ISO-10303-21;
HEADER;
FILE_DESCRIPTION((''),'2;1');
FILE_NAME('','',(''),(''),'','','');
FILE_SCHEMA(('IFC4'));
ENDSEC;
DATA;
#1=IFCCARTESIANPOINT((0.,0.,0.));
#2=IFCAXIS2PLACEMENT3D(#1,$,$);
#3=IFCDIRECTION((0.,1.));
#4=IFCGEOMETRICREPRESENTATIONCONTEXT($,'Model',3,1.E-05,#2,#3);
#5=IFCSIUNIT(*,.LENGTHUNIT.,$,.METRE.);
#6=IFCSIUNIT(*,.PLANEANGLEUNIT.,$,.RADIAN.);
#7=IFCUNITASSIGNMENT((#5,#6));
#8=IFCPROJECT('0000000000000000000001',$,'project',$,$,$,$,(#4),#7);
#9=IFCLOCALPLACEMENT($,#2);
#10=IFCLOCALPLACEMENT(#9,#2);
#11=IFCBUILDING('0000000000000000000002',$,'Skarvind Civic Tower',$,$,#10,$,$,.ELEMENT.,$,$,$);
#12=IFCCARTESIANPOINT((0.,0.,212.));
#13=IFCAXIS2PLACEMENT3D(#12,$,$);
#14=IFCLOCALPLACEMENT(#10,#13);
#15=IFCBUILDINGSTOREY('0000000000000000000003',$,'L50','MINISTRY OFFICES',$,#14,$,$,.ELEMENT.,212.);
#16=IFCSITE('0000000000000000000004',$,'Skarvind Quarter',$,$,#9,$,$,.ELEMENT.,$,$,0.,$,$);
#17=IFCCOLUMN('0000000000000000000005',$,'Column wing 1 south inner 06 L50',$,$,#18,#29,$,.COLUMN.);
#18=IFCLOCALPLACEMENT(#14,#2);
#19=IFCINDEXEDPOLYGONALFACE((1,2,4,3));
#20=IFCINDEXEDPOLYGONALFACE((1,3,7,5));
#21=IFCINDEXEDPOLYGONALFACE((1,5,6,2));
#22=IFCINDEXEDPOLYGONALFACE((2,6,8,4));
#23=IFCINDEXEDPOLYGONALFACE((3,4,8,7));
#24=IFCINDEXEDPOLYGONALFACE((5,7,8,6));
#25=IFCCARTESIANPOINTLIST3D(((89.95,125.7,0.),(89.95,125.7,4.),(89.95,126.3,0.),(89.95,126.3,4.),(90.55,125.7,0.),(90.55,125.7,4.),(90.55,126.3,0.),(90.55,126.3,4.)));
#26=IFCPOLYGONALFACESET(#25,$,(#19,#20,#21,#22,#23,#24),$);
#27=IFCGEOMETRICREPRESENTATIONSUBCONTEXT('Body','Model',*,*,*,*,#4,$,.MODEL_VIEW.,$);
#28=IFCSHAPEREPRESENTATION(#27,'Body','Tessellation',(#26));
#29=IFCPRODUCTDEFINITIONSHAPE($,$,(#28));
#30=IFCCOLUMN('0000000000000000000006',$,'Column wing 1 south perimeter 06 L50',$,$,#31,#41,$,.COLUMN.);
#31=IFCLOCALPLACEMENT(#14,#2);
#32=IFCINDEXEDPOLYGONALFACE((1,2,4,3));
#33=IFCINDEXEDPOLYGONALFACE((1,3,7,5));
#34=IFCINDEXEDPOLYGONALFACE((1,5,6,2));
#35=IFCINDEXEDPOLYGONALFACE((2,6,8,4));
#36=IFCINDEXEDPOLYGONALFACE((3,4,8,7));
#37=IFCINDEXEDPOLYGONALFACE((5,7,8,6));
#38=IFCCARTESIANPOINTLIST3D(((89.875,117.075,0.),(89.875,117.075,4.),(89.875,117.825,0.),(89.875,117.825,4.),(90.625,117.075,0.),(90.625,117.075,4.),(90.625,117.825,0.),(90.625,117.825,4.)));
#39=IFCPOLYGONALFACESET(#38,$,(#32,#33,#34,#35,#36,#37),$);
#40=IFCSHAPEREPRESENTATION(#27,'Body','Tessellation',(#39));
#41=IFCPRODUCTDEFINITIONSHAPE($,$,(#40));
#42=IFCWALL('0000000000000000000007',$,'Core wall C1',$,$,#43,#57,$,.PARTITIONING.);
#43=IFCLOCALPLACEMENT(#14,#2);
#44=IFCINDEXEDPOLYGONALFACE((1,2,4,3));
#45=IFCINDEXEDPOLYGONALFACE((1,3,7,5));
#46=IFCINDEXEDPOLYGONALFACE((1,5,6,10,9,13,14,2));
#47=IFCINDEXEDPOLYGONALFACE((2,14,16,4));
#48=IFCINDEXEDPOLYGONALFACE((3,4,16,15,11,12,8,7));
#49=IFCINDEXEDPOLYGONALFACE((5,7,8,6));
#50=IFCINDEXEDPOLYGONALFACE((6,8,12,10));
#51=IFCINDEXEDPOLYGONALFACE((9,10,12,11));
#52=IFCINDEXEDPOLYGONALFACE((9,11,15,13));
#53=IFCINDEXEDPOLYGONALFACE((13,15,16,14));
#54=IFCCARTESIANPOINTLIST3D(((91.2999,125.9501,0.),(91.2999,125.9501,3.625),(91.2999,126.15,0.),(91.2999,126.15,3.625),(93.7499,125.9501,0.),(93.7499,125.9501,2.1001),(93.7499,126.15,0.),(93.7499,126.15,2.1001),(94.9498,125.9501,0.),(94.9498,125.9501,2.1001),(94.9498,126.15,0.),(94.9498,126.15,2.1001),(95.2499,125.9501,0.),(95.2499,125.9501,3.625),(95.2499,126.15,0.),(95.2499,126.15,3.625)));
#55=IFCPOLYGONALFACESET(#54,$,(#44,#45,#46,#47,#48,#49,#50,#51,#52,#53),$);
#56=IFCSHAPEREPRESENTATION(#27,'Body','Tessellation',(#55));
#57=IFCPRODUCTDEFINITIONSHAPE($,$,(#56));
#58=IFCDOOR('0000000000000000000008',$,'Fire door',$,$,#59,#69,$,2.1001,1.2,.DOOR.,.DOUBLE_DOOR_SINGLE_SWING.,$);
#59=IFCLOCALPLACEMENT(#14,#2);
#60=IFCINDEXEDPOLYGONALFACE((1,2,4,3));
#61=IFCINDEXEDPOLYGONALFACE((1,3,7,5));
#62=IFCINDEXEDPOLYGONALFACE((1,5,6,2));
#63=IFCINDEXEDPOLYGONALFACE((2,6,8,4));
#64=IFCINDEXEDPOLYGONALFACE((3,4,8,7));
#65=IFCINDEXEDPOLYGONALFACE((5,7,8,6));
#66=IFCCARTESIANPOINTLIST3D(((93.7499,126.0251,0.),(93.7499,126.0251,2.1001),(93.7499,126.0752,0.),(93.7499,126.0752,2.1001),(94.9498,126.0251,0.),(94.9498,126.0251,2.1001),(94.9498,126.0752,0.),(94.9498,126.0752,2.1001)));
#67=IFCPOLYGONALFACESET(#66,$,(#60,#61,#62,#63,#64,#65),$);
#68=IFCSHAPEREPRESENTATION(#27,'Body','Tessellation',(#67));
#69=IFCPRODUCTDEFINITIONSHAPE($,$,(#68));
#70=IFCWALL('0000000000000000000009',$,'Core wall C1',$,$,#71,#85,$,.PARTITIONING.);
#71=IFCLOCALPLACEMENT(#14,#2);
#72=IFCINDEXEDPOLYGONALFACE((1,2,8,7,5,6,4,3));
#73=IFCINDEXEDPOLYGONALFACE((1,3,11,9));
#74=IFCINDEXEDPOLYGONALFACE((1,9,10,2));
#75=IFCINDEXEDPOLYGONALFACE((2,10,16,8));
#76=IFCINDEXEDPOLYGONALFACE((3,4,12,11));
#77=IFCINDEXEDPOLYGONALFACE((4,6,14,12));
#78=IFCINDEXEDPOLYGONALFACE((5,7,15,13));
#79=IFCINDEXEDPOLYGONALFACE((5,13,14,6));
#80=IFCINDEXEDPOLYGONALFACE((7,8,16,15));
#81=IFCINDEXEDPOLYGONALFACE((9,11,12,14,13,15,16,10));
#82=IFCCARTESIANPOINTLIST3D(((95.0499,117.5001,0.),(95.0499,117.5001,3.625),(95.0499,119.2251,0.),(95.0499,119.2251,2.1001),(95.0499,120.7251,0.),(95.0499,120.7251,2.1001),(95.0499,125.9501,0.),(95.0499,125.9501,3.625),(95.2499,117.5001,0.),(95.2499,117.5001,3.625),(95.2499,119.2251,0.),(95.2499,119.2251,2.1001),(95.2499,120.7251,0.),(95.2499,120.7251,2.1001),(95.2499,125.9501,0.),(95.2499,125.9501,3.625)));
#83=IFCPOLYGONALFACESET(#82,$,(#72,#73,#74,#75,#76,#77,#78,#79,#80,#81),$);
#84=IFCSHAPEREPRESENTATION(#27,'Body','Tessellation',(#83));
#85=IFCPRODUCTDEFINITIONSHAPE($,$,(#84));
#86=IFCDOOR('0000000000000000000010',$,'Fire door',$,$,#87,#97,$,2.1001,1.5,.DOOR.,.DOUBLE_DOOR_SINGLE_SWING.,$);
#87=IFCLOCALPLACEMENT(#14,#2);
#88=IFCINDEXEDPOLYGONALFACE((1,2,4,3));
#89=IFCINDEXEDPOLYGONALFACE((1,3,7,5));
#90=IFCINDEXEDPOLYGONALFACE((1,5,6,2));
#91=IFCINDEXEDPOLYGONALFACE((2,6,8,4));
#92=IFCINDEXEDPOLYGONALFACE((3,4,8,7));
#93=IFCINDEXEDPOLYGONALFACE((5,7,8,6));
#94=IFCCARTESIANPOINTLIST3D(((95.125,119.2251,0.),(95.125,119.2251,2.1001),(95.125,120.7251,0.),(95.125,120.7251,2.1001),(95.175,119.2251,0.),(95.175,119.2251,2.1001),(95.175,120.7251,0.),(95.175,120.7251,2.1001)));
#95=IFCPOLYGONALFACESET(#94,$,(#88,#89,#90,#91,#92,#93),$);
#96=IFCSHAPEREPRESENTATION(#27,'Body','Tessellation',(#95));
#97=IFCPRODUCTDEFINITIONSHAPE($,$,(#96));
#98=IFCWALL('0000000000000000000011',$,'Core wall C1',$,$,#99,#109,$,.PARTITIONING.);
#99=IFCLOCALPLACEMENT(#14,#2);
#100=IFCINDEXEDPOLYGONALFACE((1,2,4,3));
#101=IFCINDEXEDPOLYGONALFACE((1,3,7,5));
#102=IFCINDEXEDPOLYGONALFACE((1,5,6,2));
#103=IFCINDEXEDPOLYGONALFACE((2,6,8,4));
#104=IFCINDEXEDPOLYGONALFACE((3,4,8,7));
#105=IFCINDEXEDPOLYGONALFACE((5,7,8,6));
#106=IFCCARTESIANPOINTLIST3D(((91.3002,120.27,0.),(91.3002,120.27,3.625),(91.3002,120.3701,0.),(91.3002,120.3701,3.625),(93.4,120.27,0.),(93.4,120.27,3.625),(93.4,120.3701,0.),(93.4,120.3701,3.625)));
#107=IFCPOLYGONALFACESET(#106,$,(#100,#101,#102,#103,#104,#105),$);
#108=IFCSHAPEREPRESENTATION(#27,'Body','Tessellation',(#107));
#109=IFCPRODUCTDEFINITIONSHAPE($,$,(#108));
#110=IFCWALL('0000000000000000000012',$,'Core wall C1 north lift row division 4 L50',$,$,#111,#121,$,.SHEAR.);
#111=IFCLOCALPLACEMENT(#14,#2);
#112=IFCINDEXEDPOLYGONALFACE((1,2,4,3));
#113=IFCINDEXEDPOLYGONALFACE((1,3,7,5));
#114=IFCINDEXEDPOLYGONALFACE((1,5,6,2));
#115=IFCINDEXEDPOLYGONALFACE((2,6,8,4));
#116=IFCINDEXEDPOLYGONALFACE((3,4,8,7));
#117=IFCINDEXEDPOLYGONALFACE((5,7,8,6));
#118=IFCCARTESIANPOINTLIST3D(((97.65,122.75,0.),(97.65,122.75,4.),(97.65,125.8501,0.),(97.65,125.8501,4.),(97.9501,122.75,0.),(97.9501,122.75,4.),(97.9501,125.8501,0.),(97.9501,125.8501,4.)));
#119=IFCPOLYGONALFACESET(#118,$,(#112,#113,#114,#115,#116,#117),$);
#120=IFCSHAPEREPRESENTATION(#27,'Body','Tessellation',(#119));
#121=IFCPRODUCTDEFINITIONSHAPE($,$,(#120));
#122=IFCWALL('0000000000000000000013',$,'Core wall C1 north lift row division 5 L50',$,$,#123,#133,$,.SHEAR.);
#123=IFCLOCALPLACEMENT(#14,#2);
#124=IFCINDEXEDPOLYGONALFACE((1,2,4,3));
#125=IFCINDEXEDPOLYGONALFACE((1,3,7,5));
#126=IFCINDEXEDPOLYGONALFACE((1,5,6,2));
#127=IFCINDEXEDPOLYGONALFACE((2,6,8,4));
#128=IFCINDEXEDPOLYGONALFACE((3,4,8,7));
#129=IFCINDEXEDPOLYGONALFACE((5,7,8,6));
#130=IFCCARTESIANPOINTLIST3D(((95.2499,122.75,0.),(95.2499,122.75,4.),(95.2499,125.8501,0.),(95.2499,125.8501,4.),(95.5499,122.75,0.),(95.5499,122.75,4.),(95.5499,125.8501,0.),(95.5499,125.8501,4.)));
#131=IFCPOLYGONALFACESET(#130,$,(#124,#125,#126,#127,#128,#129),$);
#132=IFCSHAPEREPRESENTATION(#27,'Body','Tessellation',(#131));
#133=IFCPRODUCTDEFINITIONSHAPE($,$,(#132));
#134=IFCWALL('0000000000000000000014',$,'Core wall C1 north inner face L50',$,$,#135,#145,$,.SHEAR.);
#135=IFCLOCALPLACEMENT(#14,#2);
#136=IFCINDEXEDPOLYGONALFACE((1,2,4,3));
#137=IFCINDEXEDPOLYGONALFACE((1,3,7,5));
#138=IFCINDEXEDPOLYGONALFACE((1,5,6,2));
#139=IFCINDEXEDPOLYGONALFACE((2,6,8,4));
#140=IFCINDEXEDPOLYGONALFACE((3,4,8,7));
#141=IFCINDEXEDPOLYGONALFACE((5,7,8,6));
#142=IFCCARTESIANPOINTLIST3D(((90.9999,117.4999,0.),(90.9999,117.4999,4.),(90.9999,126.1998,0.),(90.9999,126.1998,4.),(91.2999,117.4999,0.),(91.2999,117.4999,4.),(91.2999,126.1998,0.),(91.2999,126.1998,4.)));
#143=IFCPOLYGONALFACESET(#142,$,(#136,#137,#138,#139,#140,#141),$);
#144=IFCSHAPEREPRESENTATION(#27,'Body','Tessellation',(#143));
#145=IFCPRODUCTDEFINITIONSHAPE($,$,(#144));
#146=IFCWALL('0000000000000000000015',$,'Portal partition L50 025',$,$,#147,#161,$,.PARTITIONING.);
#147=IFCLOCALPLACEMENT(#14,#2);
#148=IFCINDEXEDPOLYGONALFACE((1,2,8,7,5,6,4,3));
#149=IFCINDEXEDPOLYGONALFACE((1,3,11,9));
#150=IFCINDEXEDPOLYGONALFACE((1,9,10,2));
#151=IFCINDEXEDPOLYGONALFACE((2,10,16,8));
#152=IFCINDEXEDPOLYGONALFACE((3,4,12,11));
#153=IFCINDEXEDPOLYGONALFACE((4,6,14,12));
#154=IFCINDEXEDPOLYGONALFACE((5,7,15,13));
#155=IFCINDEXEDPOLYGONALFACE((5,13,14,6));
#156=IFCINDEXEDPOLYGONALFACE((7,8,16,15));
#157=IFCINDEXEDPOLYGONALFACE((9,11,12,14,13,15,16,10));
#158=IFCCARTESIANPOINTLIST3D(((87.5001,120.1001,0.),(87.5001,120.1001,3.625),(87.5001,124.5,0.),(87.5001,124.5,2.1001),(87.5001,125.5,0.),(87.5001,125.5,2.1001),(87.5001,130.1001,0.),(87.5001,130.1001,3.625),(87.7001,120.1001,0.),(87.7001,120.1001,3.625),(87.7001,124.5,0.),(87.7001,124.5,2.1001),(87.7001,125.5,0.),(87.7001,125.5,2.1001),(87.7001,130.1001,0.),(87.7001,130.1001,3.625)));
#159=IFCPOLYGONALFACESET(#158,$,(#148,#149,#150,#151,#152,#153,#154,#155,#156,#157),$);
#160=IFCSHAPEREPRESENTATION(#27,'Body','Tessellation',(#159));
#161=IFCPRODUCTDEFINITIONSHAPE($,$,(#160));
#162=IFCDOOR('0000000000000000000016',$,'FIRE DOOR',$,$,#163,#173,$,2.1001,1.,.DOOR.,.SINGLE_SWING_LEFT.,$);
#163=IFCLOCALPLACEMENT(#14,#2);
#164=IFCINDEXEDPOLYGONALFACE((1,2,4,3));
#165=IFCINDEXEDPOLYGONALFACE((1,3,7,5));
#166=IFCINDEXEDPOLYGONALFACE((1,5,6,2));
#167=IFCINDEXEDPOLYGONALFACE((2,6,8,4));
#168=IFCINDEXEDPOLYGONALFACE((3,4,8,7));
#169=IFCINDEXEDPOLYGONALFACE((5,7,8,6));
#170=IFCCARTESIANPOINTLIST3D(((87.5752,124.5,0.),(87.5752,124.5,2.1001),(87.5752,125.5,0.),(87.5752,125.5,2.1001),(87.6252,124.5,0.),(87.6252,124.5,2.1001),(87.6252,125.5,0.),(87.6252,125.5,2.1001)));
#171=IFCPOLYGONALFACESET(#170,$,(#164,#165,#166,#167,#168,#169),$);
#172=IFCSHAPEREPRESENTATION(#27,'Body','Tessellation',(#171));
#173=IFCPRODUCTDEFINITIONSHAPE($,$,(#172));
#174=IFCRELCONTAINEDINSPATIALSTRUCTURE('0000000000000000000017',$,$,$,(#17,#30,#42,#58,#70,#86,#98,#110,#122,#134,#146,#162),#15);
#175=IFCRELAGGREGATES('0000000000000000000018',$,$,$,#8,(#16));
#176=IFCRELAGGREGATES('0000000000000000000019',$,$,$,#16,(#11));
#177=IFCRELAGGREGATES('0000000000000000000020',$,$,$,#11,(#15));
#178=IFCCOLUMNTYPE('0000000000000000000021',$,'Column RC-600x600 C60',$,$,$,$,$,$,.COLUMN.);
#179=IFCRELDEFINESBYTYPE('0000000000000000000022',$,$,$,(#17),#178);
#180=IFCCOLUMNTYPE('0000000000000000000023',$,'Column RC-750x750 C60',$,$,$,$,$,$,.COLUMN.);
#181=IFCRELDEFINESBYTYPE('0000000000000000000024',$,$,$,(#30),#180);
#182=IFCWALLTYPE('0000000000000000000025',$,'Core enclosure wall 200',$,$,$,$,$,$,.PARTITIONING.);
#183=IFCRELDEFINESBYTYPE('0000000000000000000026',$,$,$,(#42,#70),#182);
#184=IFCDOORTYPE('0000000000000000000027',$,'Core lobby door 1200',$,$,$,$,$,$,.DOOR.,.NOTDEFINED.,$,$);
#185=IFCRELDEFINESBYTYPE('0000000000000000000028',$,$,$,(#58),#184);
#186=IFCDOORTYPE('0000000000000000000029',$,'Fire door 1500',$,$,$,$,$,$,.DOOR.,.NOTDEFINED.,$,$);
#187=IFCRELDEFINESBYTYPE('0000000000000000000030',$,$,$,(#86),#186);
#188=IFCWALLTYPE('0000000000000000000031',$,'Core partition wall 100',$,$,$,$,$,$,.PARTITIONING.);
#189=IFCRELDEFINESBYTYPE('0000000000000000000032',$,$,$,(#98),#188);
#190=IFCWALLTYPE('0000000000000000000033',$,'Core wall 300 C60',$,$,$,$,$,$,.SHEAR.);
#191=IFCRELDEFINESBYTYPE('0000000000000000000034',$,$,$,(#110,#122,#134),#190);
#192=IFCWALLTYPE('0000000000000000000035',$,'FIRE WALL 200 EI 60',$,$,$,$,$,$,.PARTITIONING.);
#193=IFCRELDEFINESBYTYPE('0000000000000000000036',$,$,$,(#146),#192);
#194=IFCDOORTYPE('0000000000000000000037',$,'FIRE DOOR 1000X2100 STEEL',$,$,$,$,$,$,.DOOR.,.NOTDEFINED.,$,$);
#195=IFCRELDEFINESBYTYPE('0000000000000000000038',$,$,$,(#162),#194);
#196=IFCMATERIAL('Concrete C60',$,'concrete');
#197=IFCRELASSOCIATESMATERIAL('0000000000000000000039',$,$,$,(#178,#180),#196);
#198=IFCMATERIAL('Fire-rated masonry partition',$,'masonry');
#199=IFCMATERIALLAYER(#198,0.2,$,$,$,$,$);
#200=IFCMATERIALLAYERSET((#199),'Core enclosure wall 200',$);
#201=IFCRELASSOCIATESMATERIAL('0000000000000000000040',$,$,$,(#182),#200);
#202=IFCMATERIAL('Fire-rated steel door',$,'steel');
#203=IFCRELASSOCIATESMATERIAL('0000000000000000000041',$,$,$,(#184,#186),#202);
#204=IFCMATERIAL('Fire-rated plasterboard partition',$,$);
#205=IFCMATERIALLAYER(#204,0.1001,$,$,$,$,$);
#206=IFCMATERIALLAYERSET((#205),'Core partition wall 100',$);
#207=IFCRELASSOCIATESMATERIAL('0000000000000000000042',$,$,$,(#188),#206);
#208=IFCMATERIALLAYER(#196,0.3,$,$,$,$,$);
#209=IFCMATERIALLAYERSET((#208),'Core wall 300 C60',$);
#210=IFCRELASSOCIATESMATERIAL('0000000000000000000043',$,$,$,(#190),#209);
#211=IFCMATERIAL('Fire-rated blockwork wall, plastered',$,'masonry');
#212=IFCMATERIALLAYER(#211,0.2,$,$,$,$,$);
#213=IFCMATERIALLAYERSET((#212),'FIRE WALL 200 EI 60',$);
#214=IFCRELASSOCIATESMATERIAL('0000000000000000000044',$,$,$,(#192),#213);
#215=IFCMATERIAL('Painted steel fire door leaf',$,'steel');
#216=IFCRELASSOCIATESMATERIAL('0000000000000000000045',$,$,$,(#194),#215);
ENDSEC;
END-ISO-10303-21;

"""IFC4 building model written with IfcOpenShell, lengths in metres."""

from ifc_helpers import new_model, si_unit, direction, frame, frame_2d, origin, origin_2d, place, context, subcontext, project, spatial, rectangle, extrude, material, layer, layer_set, material_profile, profile_set, type_object, element, fill, save


model = new_model("IFC4")

# Units and contexts
model_context = context("Model", 3, precision=1e-05, world=origin(), true_north=direction((0.0, 1.0)))
body_context = subcontext(model_context, "Body", "Model", "MODEL_VIEW")
ifc_project = project(units=[si_unit("LENGTHUNIT", "METRE"), si_unit("PLANEANGLEUNIT", "RADIAN")], contexts=[model_context])

# Site, building, storey
site_placement = place(None, origin())
site = spatial("IfcSite", under=ifc_project, at=site_placement, Name="Skarvind Quarter", CompositionType="ELEMENT", RefElevation=0.0)
building_placement = place(site_placement, origin())
building = spatial("IfcBuilding", under=site, at=building_placement, Name="Skarvind Civic Tower", CompositionType="ELEMENT")
storey_placement = place(building_placement, frame((0.0, 0.0, 212.0)))
storey = spatial("IfcBuildingStorey", under=building, at=storey_placement, Name="L50", Description="MINISTRY OFFICES", CompositionType="ELEMENT", Elevation=212.0)

# Columns
ifc_material_1 = material(Name="Concrete C60", Category="concrete")
ifc_material_profile_1 = material_profile(ifc_material_1, rectangle(XDim=0.6001, YDim=0.6001, at=origin_2d()), Name="RC-600x600")
ifc_profile_set_1 = profile_set([ifc_material_profile_1], Name="Concrete C60")
column_type_1 = type_object("IfcColumnType", Name="Column RC-600x600 C60", PredefinedType="COLUMN", material=ifc_profile_set_1)
column_1_placement = place(storey_placement, frame((90.25, 126.0, 0.0), z_axis=(0.0, 0.0, 1.0), x_axis=(1.0, 0.0, 0.0)))
element("IfcColumn", 1, at=column_1_placement, inside=storey, type_object=column_type_1, Name="Column wing 1 south inner 06 L50", PredefinedType="COLUMN", context=body_context, shape_type="SweptSolid", body=[
    extrude(rectangle(XDim=0.6001, YDim=0.6001, at=origin_2d()), origin(), (0.0, 0.0, 1.0), 4.0),
])
ifc_material_profile_2 = material_profile(ifc_material_1, rectangle(XDim=0.75, YDim=0.75, at=origin_2d()), Name="RC-750x750")
ifc_profile_set_2 = profile_set([ifc_material_profile_2], Name="Concrete C60")
column_type_2 = type_object("IfcColumnType", Name="Column RC-750x750 C60", PredefinedType="COLUMN", material=ifc_profile_set_2)
column_2_placement = place(storey_placement, frame((90.25, 117.45, 0.0), z_axis=(0.0, 0.0, 1.0), x_axis=(1.0, 0.0, 0.0)))
element("IfcColumn", 2, at=column_2_placement, inside=storey, type_object=column_type_2, Name="Column wing 1 south perimeter 06 L50", PredefinedType="COLUMN", context=body_context, shape_type="SweptSolid", body=[
    extrude(rectangle(XDim=0.75, YDim=0.75, at=origin_2d()), origin(), (0.0, 0.0, 1.0), 4.0),
])

# Walls, openings, doors
ifc_material_2 = material(Name="Fire-rated masonry partition", Category="masonry")
ifc_layer_1 = layer(ifc_material_2, 0.2)
ifc_layer_set_1 = layer_set([ifc_layer_1], Name="Core enclosure wall 200")
wall_type_1 = type_object("IfcWallType", Name="Core enclosure wall 200", PredefinedType="PARTITIONING", material=ifc_layer_set_1)
wall_1_placement = place(storey_placement, frame((95.25, 126.05, 0.0), z_axis=(0.0, 0.0, 1.0), x_axis=(-1.0, 0.0, 0.0)))
wall_1 = element("IfcWall", 3, at=wall_1_placement, inside=storey, type_object=wall_type_1, Name="Core wall C1", PredefinedType="PARTITIONING", context=body_context, shape_type="SweptSolid", body=[
    extrude(rectangle(XDim=3.95, YDim=0.2, at=frame_2d((1.9751, 0.0))), origin(), (0.0, 0.0, 1.0), 3.625),
])
opening_1_placement = place(wall_1_placement, frame((0.3, 0.0, 0.0)))
opening_1 = element("IfcOpeningElement", 4, at=opening_1_placement, cuts=wall_1, PredefinedType="OPENING", context=body_context, shape_type="SweptSolid", body=[
    extrude(rectangle(XDim=1.2, YDim=2.1001, at=frame_2d((0.6001, 1.05))), frame((0.0, 0.1099, 0.0), z_axis=(0.0, -1.0, 0.0), x_axis=(1.0, 0.0, 0.0)), (0.0, 0.0, 1.0), 0.22),
])
ifc_material_3 = material(Name="Fire-rated steel door", Category="steel")
door_type_1 = type_object("IfcDoorType", Name="Core lobby door 1200", OperationType="NOTDEFINED", PredefinedType="DOOR", material=ifc_material_3)
door_1_placement = place(opening_1_placement, origin())
door_1 = element("IfcDoor", 5, at=door_1_placement, inside=storey, type_object=door_type_1, Name="Fire door", OperationType="DOUBLE_DOOR_SINGLE_SWING", OverallHeight=2.1001, OverallWidth=1.2, PredefinedType="DOOR", context=body_context, shape_type="SweptSolid", body=[
    extrude(rectangle(XDim=1.2, YDim=2.1001, at=frame_2d((0.6001, 1.05))), frame((0.0, 0.0249, 0.0), z_axis=(0.0, -1.0, 0.0), x_axis=(1.0, 0.0, 0.0)), (0.0, 0.0, 1.0), 0.05),
])
fill(opening_1, door_1)
wall_2_placement = place(storey_placement, frame((95.1499, 117.5, 0.0), z_axis=(0.0, 0.0, 1.0), x_axis=(0.0, 1.0, 0.0)))
wall_2 = element("IfcWall", 6, at=wall_2_placement, inside=storey, type_object=wall_type_1, Name="Core wall C1", PredefinedType="PARTITIONING", context=body_context, shape_type="SweptSolid", body=[
    extrude(rectangle(XDim=8.45, YDim=0.2, at=frame_2d((4.2251, 0.0))), origin(), (0.0, 0.0, 1.0), 3.625),
])
opening_2_placement = place(wall_2_placement, frame((1.7251, 0.0, 0.0)))
opening_2 = element("IfcOpeningElement", 7, at=opening_2_placement, cuts=wall_2, PredefinedType="OPENING", context=body_context, shape_type="SweptSolid", body=[
    extrude(rectangle(XDim=1.5, YDim=2.1001, at=frame_2d((0.75, 1.05))), frame((0.0, 0.1099, 0.0), z_axis=(0.0, -1.0, 0.0), x_axis=(1.0, 0.0, 0.0)), (0.0, 0.0, 1.0), 0.22),
])
door_type_2 = type_object("IfcDoorType", Name="Fire door 1500", OperationType="NOTDEFINED", PredefinedType="DOOR", material=ifc_material_3)
door_2_placement = place(opening_2_placement, origin())
door_2 = element("IfcDoor", 8, at=door_2_placement, inside=storey, type_object=door_type_2, Name="Fire door", OperationType="DOUBLE_DOOR_SINGLE_SWING", OverallHeight=2.1001, OverallWidth=1.5, PredefinedType="DOOR", context=body_context, shape_type="SweptSolid", body=[
    extrude(rectangle(XDim=1.5, YDim=2.1001, at=frame_2d((0.75, 1.05))), frame((0.0, 0.0249, 0.0), z_axis=(0.0, -1.0, 0.0), x_axis=(1.0, 0.0, 0.0)), (0.0, 0.0, 1.0), 0.05),
])
fill(opening_2, door_2)

# Walls
ifc_material_4 = material(Name="Fire-rated plasterboard partition")
ifc_layer_2 = layer(ifc_material_4, 0.1001)
ifc_layer_set_2 = layer_set([ifc_layer_2], Name="Core partition wall 100")
wall_type_2 = type_object("IfcWallType", Name="Core partition wall 100", PredefinedType="PARTITIONING", material=ifc_layer_set_2)
wall_3_placement = place(storey_placement, frame((93.3999, 120.3201, 0.0), z_axis=(0.0, 0.0, 1.0), x_axis=(-1.0, 0.0, 0.0)))
element("IfcWall", 9, at=wall_3_placement, inside=storey, type_object=wall_type_2, Name="Core wall C1", PredefinedType="PARTITIONING", context=body_context, shape_type="SweptSolid", body=[
    extrude(rectangle(XDim=2.0999, YDim=0.1001, at=frame_2d((1.0498, 0.0))), origin(), (0.0, 0.0, 1.0), 3.625),
])
ifc_layer_3 = layer(ifc_material_1, 0.3)
ifc_layer_set_3 = layer_set([ifc_layer_3], Name="Core wall 300 C60")
wall_type_3 = type_object("IfcWallType", Name="Core wall 300 C60", PredefinedType="SHEAR", material=ifc_layer_set_3)
for number, where, z_axis, x_axis, name in (
    (10, (97.8, 125.8501, 0.0), (0.0, 0.0, 1.0), (0.0, -1.0, 0.0), "Core wall C1 north lift row division 4 L50"),
    (11, (95.3999, 125.8501, 0.0), (0.0, 0.0, 1.0), (0.0, -1.0, 0.0), "Core wall C1 north lift row division 5 L50"),
):
    element("IfcWall", number, at=place(storey_placement, frame(where, z_axis=z_axis, x_axis=x_axis)), inside=storey, type_object=wall_type_3, Name=name, PredefinedType="SHEAR", context=body_context, shape_type="SweptSolid", body=[
        extrude(rectangle(XDim=3.1001, YDim=0.3, at=frame_2d((1.55, 0.0))), origin(), (0.0, 0.0, 1.0), 4.0),
    ])
wall_4_placement = place(storey_placement, frame((91.1499, 126.2, 0.0), z_axis=(0.0, 0.0, 1.0), x_axis=(0.0, -1.0, 0.0)))
element("IfcWall", 12, at=wall_4_placement, inside=storey, type_object=wall_type_3, Name="Core wall C1 north inner face L50", PredefinedType="SHEAR", context=body_context, shape_type="SweptSolid", body=[
    extrude(rectangle(XDim=8.7, YDim=0.3, at=frame_2d((4.3501, 0.0))), origin(), (0.0, 0.0, 1.0), 4.0),
])

# Wall, opening, door
ifc_material_5 = material(Name="Fire-rated blockwork wall, plastered", Category="masonry")
ifc_layer_4 = layer(ifc_material_5, 0.2)
ifc_layer_set_4 = layer_set([ifc_layer_4], Name="FIRE WALL 200 EI 60")
wall_type_4 = type_object("IfcWallType", Name="FIRE WALL 200 EI 60", PredefinedType="PARTITIONING", material=ifc_layer_set_4)
wall_5_placement = place(storey_placement, frame((87.6001, 120.1001, 0.0), z_axis=(0.0, 0.0, 1.0), x_axis=(0.0, 1.0, 0.0)))
wall_5 = element("IfcWall", 13, at=wall_5_placement, inside=storey, type_object=wall_type_4, Name="Portal partition L50 025", PredefinedType="PARTITIONING", context=body_context, shape_type="SweptSolid", body=[
    extrude(rectangle(XDim=10.0, YDim=0.2, at=frame_2d((5.0, 0.0))), origin(), (0.0, 0.0, 1.0), 3.625),
])
opening_3_placement = place(wall_5_placement, frame((4.3999, 0.0, 0.0)))
opening_3 = element("IfcOpeningElement", 14, at=opening_3_placement, cuts=wall_5, PredefinedType="OPENING", context=body_context, shape_type="SweptSolid", body=[
    extrude(rectangle(XDim=1.0, YDim=2.1001, at=frame_2d((0.5, 1.05))), frame((0.0, 0.1099, 0.0), z_axis=(0.0, -1.0, 0.0), x_axis=(1.0, 0.0, 0.0)), (0.0, 0.0, 1.0), 0.22),
])
ifc_material_6 = material(Name="Painted steel fire door leaf", Category="steel")
door_type_3 = type_object("IfcDoorType", Name="FIRE DOOR 1000X2100 STEEL", OperationType="NOTDEFINED", PredefinedType="DOOR", material=ifc_material_6)
door_3_placement = place(opening_3_placement, origin())
door_3 = element("IfcDoor", 15, at=door_3_placement, inside=storey, type_object=door_type_3, Name="FIRE DOOR", OperationType="SINGLE_SWING_LEFT", OverallHeight=2.1001, OverallWidth=1.0, PredefinedType="DOOR", context=body_context, shape_type="SweptSolid", body=[
    extrude(rectangle(XDim=1.0, YDim=2.1001, at=frame_2d((0.5, 1.05))), frame((0.0, 0.0249, 0.0), z_axis=(0.0, -1.0, 0.0), x_axis=(1.0, 0.0, 0.0)), (0.0, 0.0, 1.0), 0.05),
])
fill(opening_3, door_3)

save(model, "model.ifc")
